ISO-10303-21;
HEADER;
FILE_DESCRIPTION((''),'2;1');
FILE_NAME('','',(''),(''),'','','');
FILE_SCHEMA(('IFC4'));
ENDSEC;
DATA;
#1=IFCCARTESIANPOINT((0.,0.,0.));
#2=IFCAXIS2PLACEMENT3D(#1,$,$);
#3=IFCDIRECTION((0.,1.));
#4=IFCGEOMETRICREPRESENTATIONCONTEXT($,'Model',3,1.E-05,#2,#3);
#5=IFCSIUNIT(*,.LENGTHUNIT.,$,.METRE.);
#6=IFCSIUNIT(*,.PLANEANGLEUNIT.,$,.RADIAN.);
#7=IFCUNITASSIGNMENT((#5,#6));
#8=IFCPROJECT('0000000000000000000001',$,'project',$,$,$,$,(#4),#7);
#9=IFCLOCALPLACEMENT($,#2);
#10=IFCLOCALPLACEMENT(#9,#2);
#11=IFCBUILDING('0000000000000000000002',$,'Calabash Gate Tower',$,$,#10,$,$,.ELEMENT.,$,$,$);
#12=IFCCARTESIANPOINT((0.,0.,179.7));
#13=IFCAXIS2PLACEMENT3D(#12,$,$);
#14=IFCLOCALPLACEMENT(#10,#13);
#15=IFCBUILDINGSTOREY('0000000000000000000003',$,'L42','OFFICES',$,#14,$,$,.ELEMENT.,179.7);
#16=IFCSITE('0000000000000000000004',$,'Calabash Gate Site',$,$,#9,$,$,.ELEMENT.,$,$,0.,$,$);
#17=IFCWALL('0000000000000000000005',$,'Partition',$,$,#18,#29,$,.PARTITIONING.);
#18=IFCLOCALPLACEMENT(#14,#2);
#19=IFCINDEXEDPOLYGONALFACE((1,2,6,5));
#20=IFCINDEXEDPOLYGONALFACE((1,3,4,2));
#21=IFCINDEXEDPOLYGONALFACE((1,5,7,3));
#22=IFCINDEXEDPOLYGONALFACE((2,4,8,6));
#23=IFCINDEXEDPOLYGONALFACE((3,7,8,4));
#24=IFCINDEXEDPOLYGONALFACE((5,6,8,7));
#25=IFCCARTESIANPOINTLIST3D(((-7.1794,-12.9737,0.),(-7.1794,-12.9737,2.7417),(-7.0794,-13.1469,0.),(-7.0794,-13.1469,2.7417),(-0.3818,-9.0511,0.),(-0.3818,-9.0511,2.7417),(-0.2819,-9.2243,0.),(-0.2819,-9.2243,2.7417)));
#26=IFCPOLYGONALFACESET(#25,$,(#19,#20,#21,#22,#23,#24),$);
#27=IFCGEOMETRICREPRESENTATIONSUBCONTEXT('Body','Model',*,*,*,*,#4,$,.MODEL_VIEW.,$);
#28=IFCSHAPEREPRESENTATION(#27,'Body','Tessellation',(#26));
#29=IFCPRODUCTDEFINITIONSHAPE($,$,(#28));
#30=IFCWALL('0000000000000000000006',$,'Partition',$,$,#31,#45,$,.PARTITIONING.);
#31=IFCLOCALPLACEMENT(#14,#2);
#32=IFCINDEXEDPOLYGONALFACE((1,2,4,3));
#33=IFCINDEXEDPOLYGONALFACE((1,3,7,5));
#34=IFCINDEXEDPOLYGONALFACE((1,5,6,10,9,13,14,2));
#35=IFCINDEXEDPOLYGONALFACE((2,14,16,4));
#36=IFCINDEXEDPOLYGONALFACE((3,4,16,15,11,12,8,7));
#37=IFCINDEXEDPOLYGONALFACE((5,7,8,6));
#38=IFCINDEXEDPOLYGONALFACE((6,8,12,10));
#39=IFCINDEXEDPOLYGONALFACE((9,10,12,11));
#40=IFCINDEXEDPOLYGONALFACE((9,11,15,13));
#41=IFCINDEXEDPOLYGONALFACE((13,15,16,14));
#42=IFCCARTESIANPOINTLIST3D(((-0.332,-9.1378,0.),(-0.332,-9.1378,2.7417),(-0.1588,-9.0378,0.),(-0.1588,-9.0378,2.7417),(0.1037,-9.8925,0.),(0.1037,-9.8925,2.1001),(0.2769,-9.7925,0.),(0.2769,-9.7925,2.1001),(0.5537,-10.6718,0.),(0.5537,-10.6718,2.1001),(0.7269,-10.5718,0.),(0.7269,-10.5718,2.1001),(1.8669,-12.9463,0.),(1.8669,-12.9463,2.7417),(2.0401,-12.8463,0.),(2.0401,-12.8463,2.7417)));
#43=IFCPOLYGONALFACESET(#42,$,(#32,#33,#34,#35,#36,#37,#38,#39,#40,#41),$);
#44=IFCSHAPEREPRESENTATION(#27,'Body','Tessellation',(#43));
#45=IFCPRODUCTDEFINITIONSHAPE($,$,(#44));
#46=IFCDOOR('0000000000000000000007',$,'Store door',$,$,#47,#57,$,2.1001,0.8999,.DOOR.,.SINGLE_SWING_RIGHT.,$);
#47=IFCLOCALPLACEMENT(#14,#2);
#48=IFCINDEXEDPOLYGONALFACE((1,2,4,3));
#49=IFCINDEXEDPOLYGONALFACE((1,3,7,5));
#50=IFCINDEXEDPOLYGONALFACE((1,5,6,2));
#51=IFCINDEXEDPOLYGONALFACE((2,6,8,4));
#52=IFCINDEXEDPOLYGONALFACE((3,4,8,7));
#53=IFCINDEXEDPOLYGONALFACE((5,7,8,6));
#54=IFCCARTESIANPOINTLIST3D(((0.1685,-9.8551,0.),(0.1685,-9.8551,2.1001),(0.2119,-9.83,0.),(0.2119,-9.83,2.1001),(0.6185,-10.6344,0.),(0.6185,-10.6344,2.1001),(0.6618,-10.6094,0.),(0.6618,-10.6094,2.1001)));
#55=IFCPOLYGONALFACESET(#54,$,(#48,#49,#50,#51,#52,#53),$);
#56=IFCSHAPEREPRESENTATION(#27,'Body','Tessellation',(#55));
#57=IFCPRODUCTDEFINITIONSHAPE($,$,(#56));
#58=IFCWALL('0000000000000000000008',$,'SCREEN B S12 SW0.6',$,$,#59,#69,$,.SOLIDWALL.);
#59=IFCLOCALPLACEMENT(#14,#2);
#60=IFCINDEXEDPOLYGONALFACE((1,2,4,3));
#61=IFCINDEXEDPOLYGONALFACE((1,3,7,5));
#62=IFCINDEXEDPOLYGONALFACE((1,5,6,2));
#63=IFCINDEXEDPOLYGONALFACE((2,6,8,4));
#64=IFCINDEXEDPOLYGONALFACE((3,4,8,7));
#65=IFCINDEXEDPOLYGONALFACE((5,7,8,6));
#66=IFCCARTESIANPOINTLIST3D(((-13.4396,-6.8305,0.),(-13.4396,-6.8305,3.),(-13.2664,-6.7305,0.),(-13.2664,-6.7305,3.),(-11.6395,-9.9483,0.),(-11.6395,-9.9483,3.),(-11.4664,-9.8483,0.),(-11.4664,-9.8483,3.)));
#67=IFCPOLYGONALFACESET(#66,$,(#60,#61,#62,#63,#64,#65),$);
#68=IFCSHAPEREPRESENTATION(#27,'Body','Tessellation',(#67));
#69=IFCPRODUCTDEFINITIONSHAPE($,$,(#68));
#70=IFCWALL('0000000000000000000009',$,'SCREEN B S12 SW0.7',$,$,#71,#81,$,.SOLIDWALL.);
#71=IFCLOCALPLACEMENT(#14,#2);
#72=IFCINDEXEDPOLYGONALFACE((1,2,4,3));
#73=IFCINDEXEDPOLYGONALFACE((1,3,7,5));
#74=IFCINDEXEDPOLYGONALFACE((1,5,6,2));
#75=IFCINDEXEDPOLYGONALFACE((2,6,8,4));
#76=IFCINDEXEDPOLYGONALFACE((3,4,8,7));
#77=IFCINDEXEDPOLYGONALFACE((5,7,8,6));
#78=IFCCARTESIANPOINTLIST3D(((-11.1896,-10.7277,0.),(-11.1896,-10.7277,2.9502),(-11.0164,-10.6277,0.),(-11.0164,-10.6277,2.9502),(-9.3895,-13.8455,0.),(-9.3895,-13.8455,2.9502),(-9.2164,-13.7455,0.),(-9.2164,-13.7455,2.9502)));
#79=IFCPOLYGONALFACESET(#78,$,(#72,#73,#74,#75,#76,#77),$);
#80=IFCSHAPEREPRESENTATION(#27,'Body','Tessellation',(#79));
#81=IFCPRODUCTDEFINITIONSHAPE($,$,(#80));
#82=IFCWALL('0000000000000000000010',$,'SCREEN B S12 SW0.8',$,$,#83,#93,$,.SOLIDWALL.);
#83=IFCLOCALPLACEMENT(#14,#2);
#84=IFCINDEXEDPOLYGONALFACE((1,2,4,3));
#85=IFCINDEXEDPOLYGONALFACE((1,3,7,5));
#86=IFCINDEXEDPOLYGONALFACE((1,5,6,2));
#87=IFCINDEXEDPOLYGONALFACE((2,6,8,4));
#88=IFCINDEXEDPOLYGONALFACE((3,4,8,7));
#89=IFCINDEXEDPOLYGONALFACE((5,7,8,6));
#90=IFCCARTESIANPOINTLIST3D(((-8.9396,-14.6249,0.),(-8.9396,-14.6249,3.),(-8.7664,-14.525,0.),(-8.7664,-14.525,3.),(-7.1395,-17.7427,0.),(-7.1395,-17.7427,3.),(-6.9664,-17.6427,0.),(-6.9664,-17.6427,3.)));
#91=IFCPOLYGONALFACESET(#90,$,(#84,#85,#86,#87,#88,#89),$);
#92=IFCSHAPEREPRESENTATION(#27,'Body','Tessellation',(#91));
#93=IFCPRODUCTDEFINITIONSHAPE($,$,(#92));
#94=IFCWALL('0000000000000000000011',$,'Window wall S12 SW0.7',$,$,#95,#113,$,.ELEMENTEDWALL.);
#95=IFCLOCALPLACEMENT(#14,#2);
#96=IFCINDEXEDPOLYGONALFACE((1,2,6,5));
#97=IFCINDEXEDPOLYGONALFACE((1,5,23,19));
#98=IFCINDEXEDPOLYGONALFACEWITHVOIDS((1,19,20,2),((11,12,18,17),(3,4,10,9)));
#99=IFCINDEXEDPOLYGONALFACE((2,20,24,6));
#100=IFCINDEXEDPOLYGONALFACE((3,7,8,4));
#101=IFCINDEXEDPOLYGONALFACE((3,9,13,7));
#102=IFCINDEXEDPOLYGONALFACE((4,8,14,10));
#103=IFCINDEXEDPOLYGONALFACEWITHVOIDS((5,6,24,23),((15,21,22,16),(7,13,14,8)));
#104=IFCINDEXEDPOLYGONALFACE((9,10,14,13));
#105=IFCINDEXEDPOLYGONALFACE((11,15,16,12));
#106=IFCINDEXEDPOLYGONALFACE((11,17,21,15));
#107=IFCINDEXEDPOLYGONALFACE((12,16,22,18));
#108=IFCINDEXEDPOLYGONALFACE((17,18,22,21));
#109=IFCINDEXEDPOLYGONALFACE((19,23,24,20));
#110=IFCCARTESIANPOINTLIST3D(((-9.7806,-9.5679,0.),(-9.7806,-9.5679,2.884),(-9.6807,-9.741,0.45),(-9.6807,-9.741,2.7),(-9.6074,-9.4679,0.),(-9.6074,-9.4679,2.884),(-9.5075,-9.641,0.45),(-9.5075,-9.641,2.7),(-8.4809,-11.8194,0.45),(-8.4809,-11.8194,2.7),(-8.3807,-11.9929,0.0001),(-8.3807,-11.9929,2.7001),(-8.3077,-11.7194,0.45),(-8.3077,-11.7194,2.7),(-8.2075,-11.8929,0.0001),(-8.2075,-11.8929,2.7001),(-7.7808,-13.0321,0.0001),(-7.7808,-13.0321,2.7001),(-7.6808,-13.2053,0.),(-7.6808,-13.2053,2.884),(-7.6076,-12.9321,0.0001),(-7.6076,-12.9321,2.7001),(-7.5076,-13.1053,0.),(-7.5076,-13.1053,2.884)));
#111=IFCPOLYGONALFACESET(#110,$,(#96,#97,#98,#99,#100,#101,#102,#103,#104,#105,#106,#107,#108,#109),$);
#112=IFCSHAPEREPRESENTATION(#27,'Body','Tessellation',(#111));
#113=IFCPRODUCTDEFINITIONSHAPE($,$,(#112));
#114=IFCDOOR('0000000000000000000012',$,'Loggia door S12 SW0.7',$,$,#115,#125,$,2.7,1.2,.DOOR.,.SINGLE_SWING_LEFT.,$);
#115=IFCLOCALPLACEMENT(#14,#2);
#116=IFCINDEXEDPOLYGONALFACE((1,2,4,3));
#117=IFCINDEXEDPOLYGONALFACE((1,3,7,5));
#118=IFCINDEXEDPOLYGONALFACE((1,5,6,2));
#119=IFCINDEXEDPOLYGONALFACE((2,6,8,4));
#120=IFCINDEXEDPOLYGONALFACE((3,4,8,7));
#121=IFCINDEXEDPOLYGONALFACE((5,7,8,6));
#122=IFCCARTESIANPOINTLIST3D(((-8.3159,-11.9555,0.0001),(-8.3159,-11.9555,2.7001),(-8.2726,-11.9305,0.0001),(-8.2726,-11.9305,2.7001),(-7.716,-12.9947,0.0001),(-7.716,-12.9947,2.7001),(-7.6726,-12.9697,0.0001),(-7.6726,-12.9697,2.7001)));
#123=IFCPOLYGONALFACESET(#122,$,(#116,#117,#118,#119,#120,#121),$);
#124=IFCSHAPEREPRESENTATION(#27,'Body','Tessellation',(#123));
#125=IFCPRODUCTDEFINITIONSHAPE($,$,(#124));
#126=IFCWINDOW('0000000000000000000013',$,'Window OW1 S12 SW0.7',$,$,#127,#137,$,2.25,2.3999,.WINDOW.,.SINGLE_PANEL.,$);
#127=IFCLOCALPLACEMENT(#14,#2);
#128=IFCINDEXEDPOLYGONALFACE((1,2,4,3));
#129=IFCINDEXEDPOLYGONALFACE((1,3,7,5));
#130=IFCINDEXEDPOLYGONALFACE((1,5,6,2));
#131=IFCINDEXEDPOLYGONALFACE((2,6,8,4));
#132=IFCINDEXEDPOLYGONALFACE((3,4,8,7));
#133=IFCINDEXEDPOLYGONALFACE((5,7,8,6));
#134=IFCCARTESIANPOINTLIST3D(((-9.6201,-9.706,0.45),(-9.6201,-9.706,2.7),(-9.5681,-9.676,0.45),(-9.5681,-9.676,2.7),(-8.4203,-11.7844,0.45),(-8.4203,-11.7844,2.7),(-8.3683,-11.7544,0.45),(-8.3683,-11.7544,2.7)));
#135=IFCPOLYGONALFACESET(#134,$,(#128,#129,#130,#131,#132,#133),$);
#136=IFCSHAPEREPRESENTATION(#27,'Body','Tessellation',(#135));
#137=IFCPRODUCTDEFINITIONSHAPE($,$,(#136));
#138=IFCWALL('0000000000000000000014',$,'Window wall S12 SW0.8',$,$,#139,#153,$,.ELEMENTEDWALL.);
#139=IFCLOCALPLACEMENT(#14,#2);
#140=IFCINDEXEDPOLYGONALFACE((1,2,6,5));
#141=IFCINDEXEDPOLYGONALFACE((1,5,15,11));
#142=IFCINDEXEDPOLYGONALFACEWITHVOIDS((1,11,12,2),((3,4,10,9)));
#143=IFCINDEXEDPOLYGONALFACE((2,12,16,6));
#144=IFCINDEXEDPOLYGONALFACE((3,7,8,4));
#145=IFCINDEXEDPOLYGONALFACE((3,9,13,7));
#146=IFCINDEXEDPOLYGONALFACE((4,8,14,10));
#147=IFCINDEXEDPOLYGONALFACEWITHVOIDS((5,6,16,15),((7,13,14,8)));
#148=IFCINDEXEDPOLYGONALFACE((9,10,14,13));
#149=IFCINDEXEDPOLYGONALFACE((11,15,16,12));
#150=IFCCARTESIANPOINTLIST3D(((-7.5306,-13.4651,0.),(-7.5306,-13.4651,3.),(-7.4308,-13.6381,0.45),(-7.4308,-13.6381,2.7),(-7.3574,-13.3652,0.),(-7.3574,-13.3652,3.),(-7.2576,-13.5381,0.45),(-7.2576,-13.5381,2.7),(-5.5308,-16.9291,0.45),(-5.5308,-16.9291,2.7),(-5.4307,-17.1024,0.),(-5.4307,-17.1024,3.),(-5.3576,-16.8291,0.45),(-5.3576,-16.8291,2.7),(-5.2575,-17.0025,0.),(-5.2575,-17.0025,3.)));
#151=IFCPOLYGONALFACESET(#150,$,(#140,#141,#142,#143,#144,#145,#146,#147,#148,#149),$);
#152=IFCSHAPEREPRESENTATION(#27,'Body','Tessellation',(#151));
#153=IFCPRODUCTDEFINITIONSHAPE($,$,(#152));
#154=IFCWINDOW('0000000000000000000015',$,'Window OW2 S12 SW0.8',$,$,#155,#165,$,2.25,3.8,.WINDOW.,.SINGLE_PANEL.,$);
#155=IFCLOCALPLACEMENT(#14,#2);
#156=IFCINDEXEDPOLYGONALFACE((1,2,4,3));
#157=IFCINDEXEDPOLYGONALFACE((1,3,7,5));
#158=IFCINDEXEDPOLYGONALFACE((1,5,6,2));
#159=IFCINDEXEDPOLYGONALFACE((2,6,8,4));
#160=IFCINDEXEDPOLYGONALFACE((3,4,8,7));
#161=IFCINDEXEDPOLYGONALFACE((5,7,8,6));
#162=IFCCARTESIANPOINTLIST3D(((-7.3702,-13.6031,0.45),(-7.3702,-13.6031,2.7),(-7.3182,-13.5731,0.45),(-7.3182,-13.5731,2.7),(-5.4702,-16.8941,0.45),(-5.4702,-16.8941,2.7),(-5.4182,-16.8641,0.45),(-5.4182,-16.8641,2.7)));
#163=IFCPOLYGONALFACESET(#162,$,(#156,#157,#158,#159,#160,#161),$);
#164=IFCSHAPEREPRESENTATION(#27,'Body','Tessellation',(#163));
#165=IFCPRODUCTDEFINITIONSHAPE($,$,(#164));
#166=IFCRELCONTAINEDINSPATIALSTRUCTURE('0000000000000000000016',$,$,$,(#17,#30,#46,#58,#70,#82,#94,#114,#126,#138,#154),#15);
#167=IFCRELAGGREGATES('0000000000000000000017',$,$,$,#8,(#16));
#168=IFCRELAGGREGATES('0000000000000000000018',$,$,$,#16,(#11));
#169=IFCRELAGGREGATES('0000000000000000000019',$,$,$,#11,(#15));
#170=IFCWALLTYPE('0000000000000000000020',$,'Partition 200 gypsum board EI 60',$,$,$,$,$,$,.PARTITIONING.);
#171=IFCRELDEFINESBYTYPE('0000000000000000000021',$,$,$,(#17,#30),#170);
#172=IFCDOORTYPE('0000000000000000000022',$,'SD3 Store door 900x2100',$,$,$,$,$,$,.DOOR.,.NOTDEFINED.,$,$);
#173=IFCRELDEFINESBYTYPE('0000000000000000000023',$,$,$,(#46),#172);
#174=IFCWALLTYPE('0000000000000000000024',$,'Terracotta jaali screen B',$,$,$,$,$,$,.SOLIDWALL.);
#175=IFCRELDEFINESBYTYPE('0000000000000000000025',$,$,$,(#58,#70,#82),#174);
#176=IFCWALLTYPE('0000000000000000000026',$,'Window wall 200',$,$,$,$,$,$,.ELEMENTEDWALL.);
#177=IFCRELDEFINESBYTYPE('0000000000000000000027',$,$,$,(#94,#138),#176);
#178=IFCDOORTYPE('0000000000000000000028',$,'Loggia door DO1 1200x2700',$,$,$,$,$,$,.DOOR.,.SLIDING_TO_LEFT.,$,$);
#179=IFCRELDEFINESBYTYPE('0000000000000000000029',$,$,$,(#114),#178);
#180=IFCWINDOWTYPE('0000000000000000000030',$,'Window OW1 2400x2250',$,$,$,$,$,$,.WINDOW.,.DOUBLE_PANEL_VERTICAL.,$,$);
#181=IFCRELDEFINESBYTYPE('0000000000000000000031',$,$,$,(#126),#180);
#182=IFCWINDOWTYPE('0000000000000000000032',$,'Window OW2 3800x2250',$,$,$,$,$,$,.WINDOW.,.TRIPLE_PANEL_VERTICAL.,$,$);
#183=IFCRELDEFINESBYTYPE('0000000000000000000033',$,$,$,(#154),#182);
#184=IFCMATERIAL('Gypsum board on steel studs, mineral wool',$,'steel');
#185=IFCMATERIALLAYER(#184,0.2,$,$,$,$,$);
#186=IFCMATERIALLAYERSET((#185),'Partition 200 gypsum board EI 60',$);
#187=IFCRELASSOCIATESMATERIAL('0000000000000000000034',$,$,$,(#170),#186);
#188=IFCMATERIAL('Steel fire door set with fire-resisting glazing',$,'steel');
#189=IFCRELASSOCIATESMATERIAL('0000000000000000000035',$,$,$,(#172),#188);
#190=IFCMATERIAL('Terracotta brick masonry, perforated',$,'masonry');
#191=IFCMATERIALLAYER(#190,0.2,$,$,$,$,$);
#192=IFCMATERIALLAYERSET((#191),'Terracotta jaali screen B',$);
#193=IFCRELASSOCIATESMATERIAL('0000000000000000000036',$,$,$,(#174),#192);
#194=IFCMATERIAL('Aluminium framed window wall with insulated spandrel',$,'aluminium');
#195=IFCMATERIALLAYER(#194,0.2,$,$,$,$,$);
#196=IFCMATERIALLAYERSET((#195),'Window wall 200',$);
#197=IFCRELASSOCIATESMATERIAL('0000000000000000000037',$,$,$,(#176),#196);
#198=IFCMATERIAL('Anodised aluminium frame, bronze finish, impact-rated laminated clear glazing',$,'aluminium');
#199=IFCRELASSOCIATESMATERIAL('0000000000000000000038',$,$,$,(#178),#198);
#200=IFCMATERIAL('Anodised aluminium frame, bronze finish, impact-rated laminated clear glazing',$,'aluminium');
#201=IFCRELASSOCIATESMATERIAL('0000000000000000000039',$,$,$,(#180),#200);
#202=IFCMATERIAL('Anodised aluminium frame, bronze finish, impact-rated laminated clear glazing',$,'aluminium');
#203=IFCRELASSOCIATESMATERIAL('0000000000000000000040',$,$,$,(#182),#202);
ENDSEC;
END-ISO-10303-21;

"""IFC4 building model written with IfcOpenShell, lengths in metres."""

from ifc_helpers import new_model, si_unit, direction, frame, frame_2d, origin, place, context, subcontext, project, spatial, rectangle, extrude, material, layer, layer_set, type_object, element, fill, save


model = new_model("IFC4")

# Units and contexts
model_context = context("Model", 3, precision=1e-05, world=origin(), true_north=direction((0.0, 1.0)))
body_context = subcontext(model_context, "Body", "Model", "MODEL_VIEW")
ifc_project = project(units=[si_unit("LENGTHUNIT", "METRE"), si_unit("PLANEANGLEUNIT", "RADIAN")], contexts=[model_context])

# Site, building, storey
site_placement = place(None, origin())
site = spatial("IfcSite", under=ifc_project, at=site_placement, Name="Calabash Gate Site", CompositionType="ELEMENT", RefElevation=0.0)
building_placement = place(site_placement, origin())
building = spatial("IfcBuilding", under=site, at=building_placement, Name="Calabash Gate Tower", CompositionType="ELEMENT")
storey_placement = place(building_placement, frame((0.0, 0.0, 179.7)))
storey = spatial("IfcBuildingStorey", under=building, at=storey_placement, Name="L42", Description="OFFICES", CompositionType="ELEMENT", Elevation=179.7)

# Wall
ifc_material_1 = material(Name="Gypsum board on steel studs, mineral wool", Category="steel")
ifc_layer_1 = layer(ifc_material_1, 0.2)
ifc_layer_set_1 = layer_set([ifc_layer_1], Name="Partition 200 gypsum board EI 60")
wall_type_1 = type_object("IfcWallType", Name="Partition 200 gypsum board EI 60", PredefinedType="PARTITIONING", material=ifc_layer_set_1)
wall_1_placement = place(storey_placement, frame((-7.1294, -13.0603, 0.0), z_axis=(0.0, 0.0, 1.0), x_axis=(0.866135, 0.49981, 0.0)))
element("IfcWall", 1, at=wall_1_placement, inside=storey, type_object=wall_type_1, Name="Partition", PredefinedType="PARTITIONING", context=body_context, shape_type="SweptSolid", body=[
    extrude(rectangle(XDim=7.8481, YDim=0.2, at=frame_2d((3.9241, 0.0))), origin(), (0.0, 0.0, 1.0), 2.7417),
])

# Wall, opening, door
wall_2_placement = place(storey_placement, frame((-0.2454, -9.0879, 0.0), z_axis=(0.0, 0.0, 1.0), x_axis=(0.500014, -0.866017, 0.0)))
wall_2 = element("IfcWall", 2, at=wall_2_placement, inside=storey, type_object=wall_type_1, Name="Partition", PredefinedType="PARTITIONING", context=body_context, shape_type="SweptSolid", body=[
    extrude(rectangle(XDim=4.3977, YDim=0.2, at=frame_2d((2.1987, 0.0))), origin(), (0.0, 0.0, 1.0), 2.7417),
])
opening_1_placement = place(wall_2_placement, frame((0.8713, 0.0, 0.0)))
opening_1 = element("IfcOpeningElement", 3, at=opening_1_placement, cuts=wall_2, PredefinedType="OPENING", context=body_context, shape_type="SweptSolid", body=[
    extrude(rectangle(XDim=0.8999, YDim=2.1001, at=frame_2d((0.45, 1.05))), frame((0.0, 0.1099, 0.0), z_axis=(0.0, -1.0, 0.0), x_axis=(1.0, 0.0, 0.0)), (0.0, 0.0, 1.0), 0.22),
])
ifc_material_2 = material(Name="Steel fire door set with fire-resisting glazing", Category="steel")
door_type_1 = type_object("IfcDoorType", Name="SD3 Store door 900x2100", OperationType="NOTDEFINED", PredefinedType="DOOR", material=ifc_material_2)
door_1_placement = place(opening_1_placement, origin())
door_1 = element("IfcDoor", 4, at=door_1_placement, inside=storey, type_object=door_type_1, Name="Store door", OperationType="SINGLE_SWING_RIGHT", OverallHeight=2.1001, OverallWidth=0.8999, PredefinedType="DOOR", context=body_context, shape_type="SweptSolid", body=[
    extrude(rectangle(XDim=0.8999, YDim=2.1001, at=frame_2d((0.45, 1.05))), frame((0.0, 0.0249, 0.0), z_axis=(0.0, -1.0, 0.0), x_axis=(1.0, 0.0, 0.0)), (0.0, 0.0, 1.0), 0.05),
])
fill(opening_1, door_1)

# Walls
ifc_material_3 = material(Name="Terracotta brick masonry, perforated", Category="masonry")
ifc_layer_2 = layer(ifc_material_3, 0.2)
ifc_layer_set_2 = layer_set([ifc_layer_2], Name="Terracotta jaali screen B")
wall_type_2 = type_object("IfcWallType", Name="Terracotta jaali screen B", PredefinedType="SOLIDWALL", material=ifc_layer_set_2)
wall_3_placement = place(storey_placement, frame((-13.353, -6.7805, 0.0), z_axis=(0.0, 0.0, 1.0), x_axis=(0.500012, -0.866018, 0.0)))
element("IfcWall", 5, at=wall_3_placement, inside=storey, type_object=wall_type_2, Name="SCREEN B S12 SW0.6", PredefinedType="SOLIDWALL", context=body_context, shape_type="SweptSolid", body=[
    extrude(rectangle(XDim=3.6001, YDim=0.2, at=frame_2d((1.8, 0.0))), origin(), (0.0, 0.0, 1.0), 3.0),
])
wall_4_placement = place(storey_placement, frame((-11.103, -10.6777, 0.0), z_axis=(0.0, 0.0, 1.0), x_axis=(0.500012, -0.866018, 0.0)))
element("IfcWall", 6, at=wall_4_placement, inside=storey, type_object=wall_type_2, Name="SCREEN B S12 SW0.7", PredefinedType="SOLIDWALL", context=body_context, shape_type="SweptSolid", body=[
    extrude(rectangle(XDim=3.6001, YDim=0.2, at=frame_2d((1.8, 0.0))), origin(), (0.0, 0.0, 1.0), 2.9502),
])
wall_5_placement = place(storey_placement, frame((-8.853, -14.575, 0.0), z_axis=(0.0, 0.0, 1.0), x_axis=(0.500012, -0.866018, 0.0)))
element("IfcWall", 7, at=wall_5_placement, inside=storey, type_object=wall_type_2, Name="SCREEN B S12 SW0.8", PredefinedType="SOLIDWALL", context=body_context, shape_type="SweptSolid", body=[
    extrude(rectangle(XDim=3.6001, YDim=0.2, at=frame_2d((1.8, 0.0))), origin(), (0.0, 0.0, 1.0), 3.0),
])

# Wall, openings, door, window
ifc_material_4 = material(Name="Aluminium framed window wall with insulated spandrel", Category="aluminium")
ifc_layer_3 = layer(ifc_material_4, 0.2)
ifc_layer_set_3 = layer_set([ifc_layer_3], Name="Window wall 200")
wall_type_3 = type_object("IfcWallType", Name="Window wall 200", PredefinedType="ELEMENTEDWALL", material=ifc_layer_set_3)
wall_6_placement = place(storey_placement, frame((-9.6941, -9.5178, 0.0), z_axis=(0.0, 0.0, 1.0), x_axis=(0.499959, -0.866049, 0.0)))
wall_6 = element("IfcWall", 8, at=wall_6_placement, inside=storey, type_object=wall_type_3, Name="Window wall S12 SW0.7", PredefinedType="ELEMENTEDWALL", context=body_context, shape_type="SweptSolid", body=[
    extrude(rectangle(XDim=4.2, YDim=0.2, at=frame_2d((2.1001, 0.0))), origin(), (0.0, 0.0, 1.0), 2.884),
])
opening_2_placement = place(wall_6_placement, frame((0.2, 0.0, 0.45)))
opening_2 = element("IfcOpeningElement", 9, at=opening_2_placement, cuts=wall_6, PredefinedType="OPENING", context=body_context, shape_type="SweptSolid", body=[
    extrude(rectangle(XDim=2.3999, YDim=2.25, at=frame_2d((1.2, 1.125))), frame((0.0, 0.1099, 0.0), z_axis=(0.0, -1.0, 0.0), x_axis=(1.0, 0.0, 0.0)), (0.0, 0.0, 1.0), 0.22),
])
opening_3_placement = place(wall_6_placement, frame((2.8, 0.0, 0.0)))
opening_3 = element("IfcOpeningElement", 10, at=opening_3_placement, cuts=wall_6, PredefinedType="OPENING", context=body_context, shape_type="SweptSolid", body=[
    extrude(rectangle(XDim=1.2, YDim=2.7, at=frame_2d((0.6001, 1.3501))), frame((0.0, 0.1099, 0.0), z_axis=(0.0, -1.0, 0.0), x_axis=(1.0, 0.0, 0.0)), (0.0, 0.0, 1.0), 0.22),
])
ifc_material_5 = material(Name="Anodised aluminium frame, bronze finish, impact-rated laminated clear glazing", Category="aluminium")
door_type_2 = type_object("IfcDoorType", Name="Loggia door DO1 1200x2700", OperationType="SLIDING_TO_LEFT", PredefinedType="DOOR", material=ifc_material_5)
door_2_placement = place(opening_3_placement, origin())
door_2 = element("IfcDoor", 11, at=door_2_placement, inside=storey, type_object=door_type_2, Name="Loggia door S12 SW0.7", OperationType="SINGLE_SWING_LEFT", OverallHeight=2.7, OverallWidth=1.2, PredefinedType="DOOR", context=body_context, shape_type="SweptSolid", body=[
    extrude(rectangle(XDim=1.2, YDim=2.7, at=frame_2d((0.6001, 1.3501))), frame((0.0, 0.0249, 0.0), z_axis=(0.0, -1.0, 0.0), x_axis=(1.0, 0.0, 0.0)), (0.0, 0.0, 1.0), 0.05),
])
fill(opening_3, door_2)
ifc_material_6 = material(Name="Anodised aluminium frame, bronze finish, impact-rated laminated clear glazing", Category="aluminium")
window_type_1 = type_object("IfcWindowType", Name="Window OW1 2400x2250", PartitioningType="DOUBLE_PANEL_VERTICAL", PredefinedType="WINDOW", material=ifc_material_6)
window_1_placement = place(opening_2_placement, origin())
window_1 = element("IfcWindow", 12, at=window_1_placement, inside=storey, type_object=window_type_1, Name="Window OW1 S12 SW0.7", OverallHeight=2.25, OverallWidth=2.3999, PartitioningType="SINGLE_PANEL", PredefinedType="WINDOW", context=body_context, shape_type="SweptSolid", body=[
    extrude(rectangle(XDim=2.3999, YDim=2.25, at=frame_2d((1.2, 1.125))), frame((0.0, 0.03, 0.0), z_axis=(0.0, -1.0, 0.0), x_axis=(1.0, 0.0, 0.0)), (0.0, 0.0, 1.0), 0.0601),
])
fill(opening_2, window_1)

# Wall, opening, window
wall_7_placement = place(storey_placement, frame((-7.4441, -13.415, 0.0), z_axis=(0.0, 0.0, 1.0), x_axis=(0.499984, -0.866035, 0.0)))
wall_7 = element("IfcWall", 13, at=wall_7_placement, inside=storey, type_object=wall_type_3, Name="Window wall S12 SW0.8", PredefinedType="ELEMENTEDWALL", context=body_context, shape_type="SweptSolid", body=[
    extrude(rectangle(XDim=4.2, YDim=0.2, at=frame_2d((2.1001, 0.0))), origin(), (0.0, 0.0, 1.0), 3.0),
])
opening_4_placement = place(wall_7_placement, frame((0.2, 0.0, 0.45)))
opening_4 = element("IfcOpeningElement", 14, at=opening_4_placement, cuts=wall_7, PredefinedType="OPENING", context=body_context, shape_type="SweptSolid", body=[
    extrude(rectangle(XDim=3.8, YDim=2.25, at=frame_2d((1.8999, 1.125))), frame((0.0, 0.1099, 0.0), z_axis=(0.0, -1.0, 0.0), x_axis=(1.0, 0.0, 0.0)), (0.0, 0.0, 1.0), 0.22),
])
ifc_material_7 = material(Name="Anodised aluminium frame, bronze finish, impact-rated laminated clear glazing", Category="aluminium")
window_type_2 = type_object("IfcWindowType", Name="Window OW2 3800x2250", PartitioningType="TRIPLE_PANEL_VERTICAL", PredefinedType="WINDOW", material=ifc_material_7)
window_2_placement = place(opening_4_placement, origin())
window_2 = element("IfcWindow", 15, at=window_2_placement, inside=storey, type_object=window_type_2, Name="Window OW2 S12 SW0.8", OverallHeight=2.25, OverallWidth=3.8, PartitioningType="SINGLE_PANEL", PredefinedType="WINDOW", context=body_context, shape_type="SweptSolid", body=[
    extrude(rectangle(XDim=3.8, YDim=2.25, at=frame_2d((1.8999, 1.125))), frame((0.0, 0.03, 0.0), z_axis=(0.0, -1.0, 0.0), x_axis=(1.0, 0.0, 0.0)), (0.0, 0.0, 1.0), 0.0601),
])
fill(opening_4, window_2)

save(model, "model.ifc")
